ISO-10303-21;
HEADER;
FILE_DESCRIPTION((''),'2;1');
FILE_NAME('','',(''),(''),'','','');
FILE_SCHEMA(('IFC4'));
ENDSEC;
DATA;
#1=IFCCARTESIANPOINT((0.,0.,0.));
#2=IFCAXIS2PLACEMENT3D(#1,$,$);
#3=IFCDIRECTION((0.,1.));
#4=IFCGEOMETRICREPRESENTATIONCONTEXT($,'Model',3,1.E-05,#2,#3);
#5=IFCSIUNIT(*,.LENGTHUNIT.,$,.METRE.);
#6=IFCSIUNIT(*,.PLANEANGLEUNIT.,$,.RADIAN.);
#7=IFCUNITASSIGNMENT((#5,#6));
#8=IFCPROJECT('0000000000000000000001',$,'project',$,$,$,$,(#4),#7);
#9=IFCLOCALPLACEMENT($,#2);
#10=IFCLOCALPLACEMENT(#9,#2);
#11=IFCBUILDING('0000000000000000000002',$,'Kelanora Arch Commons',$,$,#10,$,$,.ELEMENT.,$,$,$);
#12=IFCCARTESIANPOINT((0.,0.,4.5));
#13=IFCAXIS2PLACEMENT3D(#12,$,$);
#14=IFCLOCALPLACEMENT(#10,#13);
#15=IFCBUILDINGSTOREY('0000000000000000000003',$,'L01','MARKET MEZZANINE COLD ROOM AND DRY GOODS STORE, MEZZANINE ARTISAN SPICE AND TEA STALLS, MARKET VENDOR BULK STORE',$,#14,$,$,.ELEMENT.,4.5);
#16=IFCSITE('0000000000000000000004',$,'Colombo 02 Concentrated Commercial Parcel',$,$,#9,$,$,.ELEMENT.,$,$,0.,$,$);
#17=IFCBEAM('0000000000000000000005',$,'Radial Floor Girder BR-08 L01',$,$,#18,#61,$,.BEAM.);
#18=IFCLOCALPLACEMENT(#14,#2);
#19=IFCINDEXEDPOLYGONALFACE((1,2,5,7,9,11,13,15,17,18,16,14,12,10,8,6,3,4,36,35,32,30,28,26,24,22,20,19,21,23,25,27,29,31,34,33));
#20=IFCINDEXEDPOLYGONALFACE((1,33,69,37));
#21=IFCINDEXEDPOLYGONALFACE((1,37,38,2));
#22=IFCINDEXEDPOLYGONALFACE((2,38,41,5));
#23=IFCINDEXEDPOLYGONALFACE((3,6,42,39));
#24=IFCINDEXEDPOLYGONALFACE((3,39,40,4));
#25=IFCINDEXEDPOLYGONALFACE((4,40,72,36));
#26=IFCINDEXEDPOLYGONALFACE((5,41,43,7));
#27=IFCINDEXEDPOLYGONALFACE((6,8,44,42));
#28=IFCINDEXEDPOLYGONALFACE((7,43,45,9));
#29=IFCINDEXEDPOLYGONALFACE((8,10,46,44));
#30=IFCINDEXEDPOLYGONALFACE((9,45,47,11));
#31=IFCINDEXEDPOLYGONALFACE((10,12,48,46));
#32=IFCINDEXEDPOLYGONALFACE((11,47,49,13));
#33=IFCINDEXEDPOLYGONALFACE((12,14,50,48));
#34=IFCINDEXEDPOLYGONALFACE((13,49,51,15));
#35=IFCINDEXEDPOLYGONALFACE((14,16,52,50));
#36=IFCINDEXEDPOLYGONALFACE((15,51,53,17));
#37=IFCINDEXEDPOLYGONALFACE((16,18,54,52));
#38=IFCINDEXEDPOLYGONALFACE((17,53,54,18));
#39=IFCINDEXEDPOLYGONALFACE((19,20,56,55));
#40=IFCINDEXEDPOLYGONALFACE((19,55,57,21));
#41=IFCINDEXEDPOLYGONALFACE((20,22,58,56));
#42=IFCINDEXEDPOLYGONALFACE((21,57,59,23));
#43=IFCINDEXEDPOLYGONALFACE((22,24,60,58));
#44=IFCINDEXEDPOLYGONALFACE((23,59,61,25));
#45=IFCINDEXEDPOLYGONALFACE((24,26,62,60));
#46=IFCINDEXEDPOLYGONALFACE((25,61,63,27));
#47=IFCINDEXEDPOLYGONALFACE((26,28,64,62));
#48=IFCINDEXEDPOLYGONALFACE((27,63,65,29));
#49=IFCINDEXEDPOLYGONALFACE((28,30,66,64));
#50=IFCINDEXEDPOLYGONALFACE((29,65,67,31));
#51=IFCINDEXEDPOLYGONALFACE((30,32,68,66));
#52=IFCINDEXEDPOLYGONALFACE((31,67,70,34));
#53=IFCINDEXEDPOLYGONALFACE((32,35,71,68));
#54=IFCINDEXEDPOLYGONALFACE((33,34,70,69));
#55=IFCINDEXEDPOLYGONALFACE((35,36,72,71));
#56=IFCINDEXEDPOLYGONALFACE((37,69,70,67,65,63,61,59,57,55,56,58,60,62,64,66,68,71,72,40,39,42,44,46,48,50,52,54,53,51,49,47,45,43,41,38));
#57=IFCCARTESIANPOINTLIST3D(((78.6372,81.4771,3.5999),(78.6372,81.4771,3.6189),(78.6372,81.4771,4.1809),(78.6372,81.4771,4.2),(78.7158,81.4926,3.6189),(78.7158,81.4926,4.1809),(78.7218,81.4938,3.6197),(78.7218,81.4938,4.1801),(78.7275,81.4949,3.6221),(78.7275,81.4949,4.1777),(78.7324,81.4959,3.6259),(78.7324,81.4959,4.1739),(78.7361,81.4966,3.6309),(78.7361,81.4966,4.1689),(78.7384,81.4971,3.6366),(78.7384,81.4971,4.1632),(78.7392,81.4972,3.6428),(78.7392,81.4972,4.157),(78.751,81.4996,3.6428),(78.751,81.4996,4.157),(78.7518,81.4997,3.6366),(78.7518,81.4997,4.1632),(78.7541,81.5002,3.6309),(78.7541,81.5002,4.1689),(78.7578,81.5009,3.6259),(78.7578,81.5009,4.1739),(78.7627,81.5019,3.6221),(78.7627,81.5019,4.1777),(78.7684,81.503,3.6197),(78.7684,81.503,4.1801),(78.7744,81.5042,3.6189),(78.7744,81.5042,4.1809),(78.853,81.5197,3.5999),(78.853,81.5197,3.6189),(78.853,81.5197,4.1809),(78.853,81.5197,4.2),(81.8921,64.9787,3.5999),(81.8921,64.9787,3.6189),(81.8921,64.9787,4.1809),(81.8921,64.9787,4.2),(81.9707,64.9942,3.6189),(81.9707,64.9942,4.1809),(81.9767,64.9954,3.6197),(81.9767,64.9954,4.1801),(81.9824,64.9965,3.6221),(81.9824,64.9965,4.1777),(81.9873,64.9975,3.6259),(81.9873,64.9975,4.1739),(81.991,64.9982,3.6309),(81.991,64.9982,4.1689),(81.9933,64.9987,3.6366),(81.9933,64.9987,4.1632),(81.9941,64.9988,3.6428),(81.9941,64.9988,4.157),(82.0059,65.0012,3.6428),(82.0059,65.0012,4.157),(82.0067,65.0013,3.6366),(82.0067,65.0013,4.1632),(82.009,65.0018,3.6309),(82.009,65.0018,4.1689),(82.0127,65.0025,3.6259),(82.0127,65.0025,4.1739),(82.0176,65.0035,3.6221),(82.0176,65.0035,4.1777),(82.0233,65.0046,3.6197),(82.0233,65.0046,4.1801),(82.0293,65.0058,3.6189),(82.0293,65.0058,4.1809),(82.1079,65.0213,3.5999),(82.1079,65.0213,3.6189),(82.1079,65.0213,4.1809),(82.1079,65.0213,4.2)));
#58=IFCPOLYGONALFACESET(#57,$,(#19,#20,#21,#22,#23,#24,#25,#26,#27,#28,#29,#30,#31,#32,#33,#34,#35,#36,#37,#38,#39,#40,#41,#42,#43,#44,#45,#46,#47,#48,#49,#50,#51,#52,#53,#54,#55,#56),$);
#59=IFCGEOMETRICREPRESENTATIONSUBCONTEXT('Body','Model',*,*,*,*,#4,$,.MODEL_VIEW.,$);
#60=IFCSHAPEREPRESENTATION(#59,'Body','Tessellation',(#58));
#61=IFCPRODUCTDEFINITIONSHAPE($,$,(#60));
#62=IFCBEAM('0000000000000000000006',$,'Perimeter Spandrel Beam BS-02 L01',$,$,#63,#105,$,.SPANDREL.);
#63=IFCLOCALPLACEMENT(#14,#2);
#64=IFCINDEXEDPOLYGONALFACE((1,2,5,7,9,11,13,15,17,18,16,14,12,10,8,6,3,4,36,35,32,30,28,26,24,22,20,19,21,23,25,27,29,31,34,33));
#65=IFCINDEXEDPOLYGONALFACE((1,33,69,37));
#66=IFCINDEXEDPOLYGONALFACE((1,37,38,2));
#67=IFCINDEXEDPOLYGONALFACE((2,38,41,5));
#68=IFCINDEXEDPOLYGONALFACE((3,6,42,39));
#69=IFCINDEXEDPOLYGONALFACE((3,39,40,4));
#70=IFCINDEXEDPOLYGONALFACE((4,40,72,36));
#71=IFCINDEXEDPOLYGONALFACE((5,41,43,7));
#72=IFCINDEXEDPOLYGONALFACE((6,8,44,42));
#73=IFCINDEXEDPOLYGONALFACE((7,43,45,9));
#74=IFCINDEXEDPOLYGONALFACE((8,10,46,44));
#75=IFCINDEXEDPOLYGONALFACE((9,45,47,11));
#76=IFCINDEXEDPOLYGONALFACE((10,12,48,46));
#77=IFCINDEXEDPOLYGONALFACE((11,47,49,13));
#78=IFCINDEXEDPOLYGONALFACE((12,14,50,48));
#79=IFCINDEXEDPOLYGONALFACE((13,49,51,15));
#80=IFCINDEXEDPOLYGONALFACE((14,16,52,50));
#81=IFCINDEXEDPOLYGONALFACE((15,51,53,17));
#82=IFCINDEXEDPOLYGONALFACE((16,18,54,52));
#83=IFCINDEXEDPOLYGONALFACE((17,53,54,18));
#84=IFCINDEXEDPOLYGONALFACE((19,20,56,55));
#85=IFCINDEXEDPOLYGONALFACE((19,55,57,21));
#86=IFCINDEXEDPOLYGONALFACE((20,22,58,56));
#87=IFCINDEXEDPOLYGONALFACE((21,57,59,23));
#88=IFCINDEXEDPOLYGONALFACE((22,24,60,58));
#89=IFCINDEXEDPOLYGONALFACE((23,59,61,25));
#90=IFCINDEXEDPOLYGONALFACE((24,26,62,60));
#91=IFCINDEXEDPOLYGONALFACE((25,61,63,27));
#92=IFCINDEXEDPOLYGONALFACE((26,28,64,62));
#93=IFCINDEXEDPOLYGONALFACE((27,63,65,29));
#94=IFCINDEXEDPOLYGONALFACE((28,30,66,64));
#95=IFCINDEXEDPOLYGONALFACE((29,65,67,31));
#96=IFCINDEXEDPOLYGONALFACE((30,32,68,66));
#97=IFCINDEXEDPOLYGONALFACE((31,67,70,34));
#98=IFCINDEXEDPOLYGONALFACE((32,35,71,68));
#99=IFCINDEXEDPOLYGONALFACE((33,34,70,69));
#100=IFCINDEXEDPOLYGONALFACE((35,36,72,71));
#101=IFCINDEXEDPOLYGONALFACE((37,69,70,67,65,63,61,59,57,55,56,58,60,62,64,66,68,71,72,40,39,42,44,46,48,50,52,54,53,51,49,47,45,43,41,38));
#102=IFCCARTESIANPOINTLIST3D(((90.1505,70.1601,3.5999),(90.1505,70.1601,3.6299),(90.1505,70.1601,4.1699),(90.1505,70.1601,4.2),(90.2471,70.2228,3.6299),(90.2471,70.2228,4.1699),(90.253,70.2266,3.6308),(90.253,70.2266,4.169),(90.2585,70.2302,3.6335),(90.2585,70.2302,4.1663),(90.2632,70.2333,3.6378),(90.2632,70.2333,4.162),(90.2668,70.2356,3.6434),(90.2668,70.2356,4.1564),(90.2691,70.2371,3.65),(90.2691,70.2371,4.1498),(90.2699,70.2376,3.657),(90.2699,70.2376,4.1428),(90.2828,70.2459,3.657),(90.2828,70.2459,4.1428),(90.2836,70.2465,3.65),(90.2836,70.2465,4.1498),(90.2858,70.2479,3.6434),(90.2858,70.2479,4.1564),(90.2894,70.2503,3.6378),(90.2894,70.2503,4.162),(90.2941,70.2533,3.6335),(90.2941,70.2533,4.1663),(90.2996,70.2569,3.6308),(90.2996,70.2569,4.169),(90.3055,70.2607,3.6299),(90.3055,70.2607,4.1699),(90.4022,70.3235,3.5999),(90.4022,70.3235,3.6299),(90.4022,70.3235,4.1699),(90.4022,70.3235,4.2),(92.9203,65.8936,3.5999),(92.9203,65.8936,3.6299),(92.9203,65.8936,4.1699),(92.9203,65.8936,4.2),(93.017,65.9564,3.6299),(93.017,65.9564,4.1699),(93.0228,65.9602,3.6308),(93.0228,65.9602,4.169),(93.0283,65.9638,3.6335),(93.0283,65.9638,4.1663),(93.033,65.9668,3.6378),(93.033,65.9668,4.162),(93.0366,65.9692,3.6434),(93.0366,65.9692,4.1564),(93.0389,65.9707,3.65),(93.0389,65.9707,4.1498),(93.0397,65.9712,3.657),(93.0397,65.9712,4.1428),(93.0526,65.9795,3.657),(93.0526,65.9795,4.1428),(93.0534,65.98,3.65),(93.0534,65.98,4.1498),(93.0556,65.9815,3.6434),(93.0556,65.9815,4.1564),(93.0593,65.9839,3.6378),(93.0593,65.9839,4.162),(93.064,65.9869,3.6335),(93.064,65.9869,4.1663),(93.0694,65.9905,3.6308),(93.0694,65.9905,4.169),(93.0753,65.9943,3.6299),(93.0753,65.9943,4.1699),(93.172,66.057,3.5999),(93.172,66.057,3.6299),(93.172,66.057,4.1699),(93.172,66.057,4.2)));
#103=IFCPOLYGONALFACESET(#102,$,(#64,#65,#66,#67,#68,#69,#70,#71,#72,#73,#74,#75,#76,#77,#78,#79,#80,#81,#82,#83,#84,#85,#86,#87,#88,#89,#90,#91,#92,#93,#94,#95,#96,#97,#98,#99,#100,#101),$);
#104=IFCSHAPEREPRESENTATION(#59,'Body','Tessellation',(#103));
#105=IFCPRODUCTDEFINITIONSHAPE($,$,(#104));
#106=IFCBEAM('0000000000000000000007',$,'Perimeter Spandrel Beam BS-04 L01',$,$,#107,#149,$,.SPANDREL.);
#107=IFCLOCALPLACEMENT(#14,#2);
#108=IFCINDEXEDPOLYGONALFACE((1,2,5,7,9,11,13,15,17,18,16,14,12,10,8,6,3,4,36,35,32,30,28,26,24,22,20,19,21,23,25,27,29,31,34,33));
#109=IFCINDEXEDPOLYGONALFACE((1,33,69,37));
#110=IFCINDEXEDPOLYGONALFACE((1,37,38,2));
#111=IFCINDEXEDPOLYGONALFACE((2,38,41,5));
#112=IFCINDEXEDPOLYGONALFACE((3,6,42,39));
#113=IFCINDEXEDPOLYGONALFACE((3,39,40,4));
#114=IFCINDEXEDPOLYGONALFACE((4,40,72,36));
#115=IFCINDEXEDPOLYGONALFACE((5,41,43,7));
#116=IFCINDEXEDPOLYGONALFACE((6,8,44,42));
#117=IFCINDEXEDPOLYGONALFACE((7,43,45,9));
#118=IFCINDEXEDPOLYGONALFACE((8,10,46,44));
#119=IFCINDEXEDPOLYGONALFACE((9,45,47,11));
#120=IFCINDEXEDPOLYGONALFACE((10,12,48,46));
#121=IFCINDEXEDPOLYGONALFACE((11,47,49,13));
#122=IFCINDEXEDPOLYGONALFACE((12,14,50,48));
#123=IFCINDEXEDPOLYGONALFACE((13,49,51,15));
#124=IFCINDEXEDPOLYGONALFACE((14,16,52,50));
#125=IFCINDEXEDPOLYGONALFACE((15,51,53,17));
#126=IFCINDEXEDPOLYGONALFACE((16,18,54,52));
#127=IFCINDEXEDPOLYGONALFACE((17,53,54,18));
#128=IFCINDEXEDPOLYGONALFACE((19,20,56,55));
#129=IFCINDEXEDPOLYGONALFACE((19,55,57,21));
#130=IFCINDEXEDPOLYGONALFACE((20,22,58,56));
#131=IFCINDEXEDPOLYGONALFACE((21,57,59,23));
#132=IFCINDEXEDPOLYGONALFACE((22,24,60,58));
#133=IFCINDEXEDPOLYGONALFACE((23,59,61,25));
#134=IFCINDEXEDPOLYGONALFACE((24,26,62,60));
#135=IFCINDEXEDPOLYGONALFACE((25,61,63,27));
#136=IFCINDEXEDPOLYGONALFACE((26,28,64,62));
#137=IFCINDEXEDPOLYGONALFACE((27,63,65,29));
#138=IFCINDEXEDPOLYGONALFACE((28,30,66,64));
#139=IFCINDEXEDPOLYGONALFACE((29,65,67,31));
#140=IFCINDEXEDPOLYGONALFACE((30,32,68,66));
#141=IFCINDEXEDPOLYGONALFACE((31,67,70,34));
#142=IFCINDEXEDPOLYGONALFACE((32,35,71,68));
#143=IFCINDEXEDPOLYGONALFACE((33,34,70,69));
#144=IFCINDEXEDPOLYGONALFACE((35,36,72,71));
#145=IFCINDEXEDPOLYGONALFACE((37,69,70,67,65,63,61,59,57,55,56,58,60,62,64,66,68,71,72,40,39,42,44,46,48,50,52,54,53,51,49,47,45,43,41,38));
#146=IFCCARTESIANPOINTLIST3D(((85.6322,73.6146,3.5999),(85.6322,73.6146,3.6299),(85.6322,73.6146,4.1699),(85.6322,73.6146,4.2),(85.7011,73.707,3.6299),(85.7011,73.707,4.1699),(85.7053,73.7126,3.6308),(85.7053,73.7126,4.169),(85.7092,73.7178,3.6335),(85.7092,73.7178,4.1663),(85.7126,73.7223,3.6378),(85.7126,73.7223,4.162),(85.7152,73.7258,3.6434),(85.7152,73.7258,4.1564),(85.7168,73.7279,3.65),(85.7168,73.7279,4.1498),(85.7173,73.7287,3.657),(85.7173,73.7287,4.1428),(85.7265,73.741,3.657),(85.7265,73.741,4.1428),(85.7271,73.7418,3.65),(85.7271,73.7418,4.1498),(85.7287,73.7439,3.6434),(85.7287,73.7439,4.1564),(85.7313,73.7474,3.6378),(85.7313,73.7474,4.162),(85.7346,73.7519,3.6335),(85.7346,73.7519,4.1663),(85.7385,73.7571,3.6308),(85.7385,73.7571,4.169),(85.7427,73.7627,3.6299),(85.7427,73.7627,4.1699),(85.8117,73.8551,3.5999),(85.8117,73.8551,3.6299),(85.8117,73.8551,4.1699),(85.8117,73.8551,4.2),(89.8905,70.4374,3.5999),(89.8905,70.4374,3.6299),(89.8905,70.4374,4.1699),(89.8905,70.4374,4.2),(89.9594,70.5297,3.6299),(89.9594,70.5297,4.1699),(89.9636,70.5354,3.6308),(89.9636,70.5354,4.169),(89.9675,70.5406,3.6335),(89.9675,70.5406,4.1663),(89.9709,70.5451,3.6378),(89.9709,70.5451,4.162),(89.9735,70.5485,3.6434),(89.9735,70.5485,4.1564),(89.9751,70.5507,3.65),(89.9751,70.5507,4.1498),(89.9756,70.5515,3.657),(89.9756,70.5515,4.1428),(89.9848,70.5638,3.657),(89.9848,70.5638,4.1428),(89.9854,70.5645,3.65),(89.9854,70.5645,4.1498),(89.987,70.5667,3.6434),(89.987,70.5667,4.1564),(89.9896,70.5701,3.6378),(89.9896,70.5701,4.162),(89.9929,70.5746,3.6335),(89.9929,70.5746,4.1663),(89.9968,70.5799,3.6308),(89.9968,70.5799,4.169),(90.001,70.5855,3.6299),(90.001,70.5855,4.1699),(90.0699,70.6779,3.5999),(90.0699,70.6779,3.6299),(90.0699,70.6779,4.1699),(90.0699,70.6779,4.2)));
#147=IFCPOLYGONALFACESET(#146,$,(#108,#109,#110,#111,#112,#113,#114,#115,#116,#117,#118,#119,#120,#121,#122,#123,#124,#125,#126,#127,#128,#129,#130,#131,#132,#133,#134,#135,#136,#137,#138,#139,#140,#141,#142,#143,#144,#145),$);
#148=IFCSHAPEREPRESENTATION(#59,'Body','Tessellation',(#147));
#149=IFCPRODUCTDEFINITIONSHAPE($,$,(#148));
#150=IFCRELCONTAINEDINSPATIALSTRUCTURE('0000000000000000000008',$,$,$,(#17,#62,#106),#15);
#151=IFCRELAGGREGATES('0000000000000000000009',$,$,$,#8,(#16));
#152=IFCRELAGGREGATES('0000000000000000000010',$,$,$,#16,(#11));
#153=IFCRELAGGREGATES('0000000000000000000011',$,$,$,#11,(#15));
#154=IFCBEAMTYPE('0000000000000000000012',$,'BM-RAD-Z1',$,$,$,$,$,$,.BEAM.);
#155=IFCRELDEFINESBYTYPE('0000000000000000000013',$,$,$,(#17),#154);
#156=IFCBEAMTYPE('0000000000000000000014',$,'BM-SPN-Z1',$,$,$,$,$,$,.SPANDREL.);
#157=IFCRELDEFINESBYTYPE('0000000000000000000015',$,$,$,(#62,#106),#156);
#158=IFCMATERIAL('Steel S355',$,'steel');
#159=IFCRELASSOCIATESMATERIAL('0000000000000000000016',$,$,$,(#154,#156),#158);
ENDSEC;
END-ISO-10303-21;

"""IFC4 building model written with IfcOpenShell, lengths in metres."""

from ifc_helpers import new_model, si_unit, direction, frame, origin, origin_2d, place, context, subcontext, project, spatial, i_section, extrude, material, material_profile, profile_set, type_object, element, save


model = new_model("IFC4")

# Units and contexts
model_context = context("Model", 3, precision=1e-05, world=origin(), true_north=direction((0.0, 1.0)))
body_context = subcontext(model_context, "Body", "Model", "MODEL_VIEW")
ifc_project = project(units=[si_unit("LENGTHUNIT", "METRE"), si_unit("PLANEANGLEUNIT", "RADIAN")], contexts=[model_context])

# Site, building, storey
site_placement = place(None, origin())
site = spatial("IfcSite", under=ifc_project, at=site_placement, Name="Colombo 02 Concentrated Commercial Parcel", CompositionType="ELEMENT", RefElevation=0.0)
building_placement = place(site_placement, origin())
building = spatial("IfcBuilding", under=site, at=building_placement, Name="Kelanora Arch Commons", CompositionType="ELEMENT")
storey_placement = place(building_placement, frame((0.0, 0.0, 4.5)))
storey = spatial("IfcBuildingStorey", under=building, at=storey_placement, Name="L01", Description="MARKET MEZZANINE COLD ROOM AND DRY GOODS STORE, MEZZANINE ARTISAN SPICE AND TEA STALLS, MARKET VENDOR BULK STORE", CompositionType="ELEMENT", Elevation=4.5)

# Shared definitions
ifc_material_1 = material(Name="Steel S355", Category="steel")

# Beams
ifc_material_profile_1 = material_profile(ifc_material_1, i_section(OverallWidth=0.22, OverallDepth=0.6001, WebThickness=0.012, FlangeThickness=0.019, FilletRadius=0.0239, at=origin_2d()), Name="IPE600")
ifc_profile_set_1 = profile_set([ifc_material_profile_1], Name="Steel S355")
beam_type_1 = type_object("IfcBeamType", Name="BM-RAD-Z1", PredefinedType="BEAM", material=ifc_profile_set_1)
beam_1_placement = place(storey_placement, frame((82.0, 65.0, 3.8999), z_axis=(-0.193555, 0.981089, 0.0), x_axis=(-0.981089, -0.193555, 0.0)))
element("IfcBeam", 1, at=beam_1_placement, inside=storey, type_object=beam_type_1, Name="Radial Floor Girder BR-08 L01", PredefinedType="BEAM", context=body_context, shape_type="SweptSolid", body=[
    extrude(i_section(OverallWidth=0.22, OverallDepth=0.6001, WebThickness=0.012, FlangeThickness=0.019, FilletRadius=0.0239, at=origin_2d()), origin(), (0.0, 0.0, 1.0), 16.8164),
])
ifc_material_profile_2 = material_profile(ifc_material_1, i_section(OverallWidth=0.3, OverallDepth=0.6001, WebThickness=0.0154, FlangeThickness=0.03, FilletRadius=0.0271, at=origin_2d()), Name="HEB600")
ifc_profile_set_2 = profile_set([ifc_material_profile_2], Name="Steel S355")
beam_type_2 = type_object("IfcBeamType", Name="BM-SPN-Z1", PredefinedType="SPANDREL", material=ifc_profile_set_2)
beam_2_placement = place(storey_placement, frame((93.0461, 65.9753, 3.8999), z_axis=(-0.544524, 0.838745, 0.0), x_axis=(-0.838745, -0.544524, 0.0)))
element("IfcBeam", 2, at=beam_2_placement, inside=storey, type_object=beam_type_2, Name="Perimeter Spandrel Beam BS-02 L01", PredefinedType="SPANDREL", context=body_context, shape_type="SweptSolid", body=[
    extrude(i_section(OverallWidth=0.3, OverallDepth=0.6001, WebThickness=0.0154, FlangeThickness=0.03, FilletRadius=0.0271, at=origin_2d()), origin(), (0.0, 0.0, 1.0), 5.0867),
])
beam_3_placement = place(storey_placement, frame((89.9802, 70.5576, 3.8999), z_axis=(-0.801486, 0.598013, 0.0), x_axis=(-0.598013, -0.801486, 0.0)))
element("IfcBeam", 3, at=beam_3_placement, inside=storey, type_object=beam_type_2, Name="Perimeter Spandrel Beam BS-04 L01", PredefinedType="SPANDREL", context=body_context, shape_type="SweptSolid", body=[
    extrude(i_section(OverallWidth=0.3, OverallDepth=0.6001, WebThickness=0.0154, FlangeThickness=0.03, FilletRadius=0.0271, at=origin_2d()), origin(), (0.0, 0.0, 1.0), 5.313),
])

save(model, "model.ifc")
